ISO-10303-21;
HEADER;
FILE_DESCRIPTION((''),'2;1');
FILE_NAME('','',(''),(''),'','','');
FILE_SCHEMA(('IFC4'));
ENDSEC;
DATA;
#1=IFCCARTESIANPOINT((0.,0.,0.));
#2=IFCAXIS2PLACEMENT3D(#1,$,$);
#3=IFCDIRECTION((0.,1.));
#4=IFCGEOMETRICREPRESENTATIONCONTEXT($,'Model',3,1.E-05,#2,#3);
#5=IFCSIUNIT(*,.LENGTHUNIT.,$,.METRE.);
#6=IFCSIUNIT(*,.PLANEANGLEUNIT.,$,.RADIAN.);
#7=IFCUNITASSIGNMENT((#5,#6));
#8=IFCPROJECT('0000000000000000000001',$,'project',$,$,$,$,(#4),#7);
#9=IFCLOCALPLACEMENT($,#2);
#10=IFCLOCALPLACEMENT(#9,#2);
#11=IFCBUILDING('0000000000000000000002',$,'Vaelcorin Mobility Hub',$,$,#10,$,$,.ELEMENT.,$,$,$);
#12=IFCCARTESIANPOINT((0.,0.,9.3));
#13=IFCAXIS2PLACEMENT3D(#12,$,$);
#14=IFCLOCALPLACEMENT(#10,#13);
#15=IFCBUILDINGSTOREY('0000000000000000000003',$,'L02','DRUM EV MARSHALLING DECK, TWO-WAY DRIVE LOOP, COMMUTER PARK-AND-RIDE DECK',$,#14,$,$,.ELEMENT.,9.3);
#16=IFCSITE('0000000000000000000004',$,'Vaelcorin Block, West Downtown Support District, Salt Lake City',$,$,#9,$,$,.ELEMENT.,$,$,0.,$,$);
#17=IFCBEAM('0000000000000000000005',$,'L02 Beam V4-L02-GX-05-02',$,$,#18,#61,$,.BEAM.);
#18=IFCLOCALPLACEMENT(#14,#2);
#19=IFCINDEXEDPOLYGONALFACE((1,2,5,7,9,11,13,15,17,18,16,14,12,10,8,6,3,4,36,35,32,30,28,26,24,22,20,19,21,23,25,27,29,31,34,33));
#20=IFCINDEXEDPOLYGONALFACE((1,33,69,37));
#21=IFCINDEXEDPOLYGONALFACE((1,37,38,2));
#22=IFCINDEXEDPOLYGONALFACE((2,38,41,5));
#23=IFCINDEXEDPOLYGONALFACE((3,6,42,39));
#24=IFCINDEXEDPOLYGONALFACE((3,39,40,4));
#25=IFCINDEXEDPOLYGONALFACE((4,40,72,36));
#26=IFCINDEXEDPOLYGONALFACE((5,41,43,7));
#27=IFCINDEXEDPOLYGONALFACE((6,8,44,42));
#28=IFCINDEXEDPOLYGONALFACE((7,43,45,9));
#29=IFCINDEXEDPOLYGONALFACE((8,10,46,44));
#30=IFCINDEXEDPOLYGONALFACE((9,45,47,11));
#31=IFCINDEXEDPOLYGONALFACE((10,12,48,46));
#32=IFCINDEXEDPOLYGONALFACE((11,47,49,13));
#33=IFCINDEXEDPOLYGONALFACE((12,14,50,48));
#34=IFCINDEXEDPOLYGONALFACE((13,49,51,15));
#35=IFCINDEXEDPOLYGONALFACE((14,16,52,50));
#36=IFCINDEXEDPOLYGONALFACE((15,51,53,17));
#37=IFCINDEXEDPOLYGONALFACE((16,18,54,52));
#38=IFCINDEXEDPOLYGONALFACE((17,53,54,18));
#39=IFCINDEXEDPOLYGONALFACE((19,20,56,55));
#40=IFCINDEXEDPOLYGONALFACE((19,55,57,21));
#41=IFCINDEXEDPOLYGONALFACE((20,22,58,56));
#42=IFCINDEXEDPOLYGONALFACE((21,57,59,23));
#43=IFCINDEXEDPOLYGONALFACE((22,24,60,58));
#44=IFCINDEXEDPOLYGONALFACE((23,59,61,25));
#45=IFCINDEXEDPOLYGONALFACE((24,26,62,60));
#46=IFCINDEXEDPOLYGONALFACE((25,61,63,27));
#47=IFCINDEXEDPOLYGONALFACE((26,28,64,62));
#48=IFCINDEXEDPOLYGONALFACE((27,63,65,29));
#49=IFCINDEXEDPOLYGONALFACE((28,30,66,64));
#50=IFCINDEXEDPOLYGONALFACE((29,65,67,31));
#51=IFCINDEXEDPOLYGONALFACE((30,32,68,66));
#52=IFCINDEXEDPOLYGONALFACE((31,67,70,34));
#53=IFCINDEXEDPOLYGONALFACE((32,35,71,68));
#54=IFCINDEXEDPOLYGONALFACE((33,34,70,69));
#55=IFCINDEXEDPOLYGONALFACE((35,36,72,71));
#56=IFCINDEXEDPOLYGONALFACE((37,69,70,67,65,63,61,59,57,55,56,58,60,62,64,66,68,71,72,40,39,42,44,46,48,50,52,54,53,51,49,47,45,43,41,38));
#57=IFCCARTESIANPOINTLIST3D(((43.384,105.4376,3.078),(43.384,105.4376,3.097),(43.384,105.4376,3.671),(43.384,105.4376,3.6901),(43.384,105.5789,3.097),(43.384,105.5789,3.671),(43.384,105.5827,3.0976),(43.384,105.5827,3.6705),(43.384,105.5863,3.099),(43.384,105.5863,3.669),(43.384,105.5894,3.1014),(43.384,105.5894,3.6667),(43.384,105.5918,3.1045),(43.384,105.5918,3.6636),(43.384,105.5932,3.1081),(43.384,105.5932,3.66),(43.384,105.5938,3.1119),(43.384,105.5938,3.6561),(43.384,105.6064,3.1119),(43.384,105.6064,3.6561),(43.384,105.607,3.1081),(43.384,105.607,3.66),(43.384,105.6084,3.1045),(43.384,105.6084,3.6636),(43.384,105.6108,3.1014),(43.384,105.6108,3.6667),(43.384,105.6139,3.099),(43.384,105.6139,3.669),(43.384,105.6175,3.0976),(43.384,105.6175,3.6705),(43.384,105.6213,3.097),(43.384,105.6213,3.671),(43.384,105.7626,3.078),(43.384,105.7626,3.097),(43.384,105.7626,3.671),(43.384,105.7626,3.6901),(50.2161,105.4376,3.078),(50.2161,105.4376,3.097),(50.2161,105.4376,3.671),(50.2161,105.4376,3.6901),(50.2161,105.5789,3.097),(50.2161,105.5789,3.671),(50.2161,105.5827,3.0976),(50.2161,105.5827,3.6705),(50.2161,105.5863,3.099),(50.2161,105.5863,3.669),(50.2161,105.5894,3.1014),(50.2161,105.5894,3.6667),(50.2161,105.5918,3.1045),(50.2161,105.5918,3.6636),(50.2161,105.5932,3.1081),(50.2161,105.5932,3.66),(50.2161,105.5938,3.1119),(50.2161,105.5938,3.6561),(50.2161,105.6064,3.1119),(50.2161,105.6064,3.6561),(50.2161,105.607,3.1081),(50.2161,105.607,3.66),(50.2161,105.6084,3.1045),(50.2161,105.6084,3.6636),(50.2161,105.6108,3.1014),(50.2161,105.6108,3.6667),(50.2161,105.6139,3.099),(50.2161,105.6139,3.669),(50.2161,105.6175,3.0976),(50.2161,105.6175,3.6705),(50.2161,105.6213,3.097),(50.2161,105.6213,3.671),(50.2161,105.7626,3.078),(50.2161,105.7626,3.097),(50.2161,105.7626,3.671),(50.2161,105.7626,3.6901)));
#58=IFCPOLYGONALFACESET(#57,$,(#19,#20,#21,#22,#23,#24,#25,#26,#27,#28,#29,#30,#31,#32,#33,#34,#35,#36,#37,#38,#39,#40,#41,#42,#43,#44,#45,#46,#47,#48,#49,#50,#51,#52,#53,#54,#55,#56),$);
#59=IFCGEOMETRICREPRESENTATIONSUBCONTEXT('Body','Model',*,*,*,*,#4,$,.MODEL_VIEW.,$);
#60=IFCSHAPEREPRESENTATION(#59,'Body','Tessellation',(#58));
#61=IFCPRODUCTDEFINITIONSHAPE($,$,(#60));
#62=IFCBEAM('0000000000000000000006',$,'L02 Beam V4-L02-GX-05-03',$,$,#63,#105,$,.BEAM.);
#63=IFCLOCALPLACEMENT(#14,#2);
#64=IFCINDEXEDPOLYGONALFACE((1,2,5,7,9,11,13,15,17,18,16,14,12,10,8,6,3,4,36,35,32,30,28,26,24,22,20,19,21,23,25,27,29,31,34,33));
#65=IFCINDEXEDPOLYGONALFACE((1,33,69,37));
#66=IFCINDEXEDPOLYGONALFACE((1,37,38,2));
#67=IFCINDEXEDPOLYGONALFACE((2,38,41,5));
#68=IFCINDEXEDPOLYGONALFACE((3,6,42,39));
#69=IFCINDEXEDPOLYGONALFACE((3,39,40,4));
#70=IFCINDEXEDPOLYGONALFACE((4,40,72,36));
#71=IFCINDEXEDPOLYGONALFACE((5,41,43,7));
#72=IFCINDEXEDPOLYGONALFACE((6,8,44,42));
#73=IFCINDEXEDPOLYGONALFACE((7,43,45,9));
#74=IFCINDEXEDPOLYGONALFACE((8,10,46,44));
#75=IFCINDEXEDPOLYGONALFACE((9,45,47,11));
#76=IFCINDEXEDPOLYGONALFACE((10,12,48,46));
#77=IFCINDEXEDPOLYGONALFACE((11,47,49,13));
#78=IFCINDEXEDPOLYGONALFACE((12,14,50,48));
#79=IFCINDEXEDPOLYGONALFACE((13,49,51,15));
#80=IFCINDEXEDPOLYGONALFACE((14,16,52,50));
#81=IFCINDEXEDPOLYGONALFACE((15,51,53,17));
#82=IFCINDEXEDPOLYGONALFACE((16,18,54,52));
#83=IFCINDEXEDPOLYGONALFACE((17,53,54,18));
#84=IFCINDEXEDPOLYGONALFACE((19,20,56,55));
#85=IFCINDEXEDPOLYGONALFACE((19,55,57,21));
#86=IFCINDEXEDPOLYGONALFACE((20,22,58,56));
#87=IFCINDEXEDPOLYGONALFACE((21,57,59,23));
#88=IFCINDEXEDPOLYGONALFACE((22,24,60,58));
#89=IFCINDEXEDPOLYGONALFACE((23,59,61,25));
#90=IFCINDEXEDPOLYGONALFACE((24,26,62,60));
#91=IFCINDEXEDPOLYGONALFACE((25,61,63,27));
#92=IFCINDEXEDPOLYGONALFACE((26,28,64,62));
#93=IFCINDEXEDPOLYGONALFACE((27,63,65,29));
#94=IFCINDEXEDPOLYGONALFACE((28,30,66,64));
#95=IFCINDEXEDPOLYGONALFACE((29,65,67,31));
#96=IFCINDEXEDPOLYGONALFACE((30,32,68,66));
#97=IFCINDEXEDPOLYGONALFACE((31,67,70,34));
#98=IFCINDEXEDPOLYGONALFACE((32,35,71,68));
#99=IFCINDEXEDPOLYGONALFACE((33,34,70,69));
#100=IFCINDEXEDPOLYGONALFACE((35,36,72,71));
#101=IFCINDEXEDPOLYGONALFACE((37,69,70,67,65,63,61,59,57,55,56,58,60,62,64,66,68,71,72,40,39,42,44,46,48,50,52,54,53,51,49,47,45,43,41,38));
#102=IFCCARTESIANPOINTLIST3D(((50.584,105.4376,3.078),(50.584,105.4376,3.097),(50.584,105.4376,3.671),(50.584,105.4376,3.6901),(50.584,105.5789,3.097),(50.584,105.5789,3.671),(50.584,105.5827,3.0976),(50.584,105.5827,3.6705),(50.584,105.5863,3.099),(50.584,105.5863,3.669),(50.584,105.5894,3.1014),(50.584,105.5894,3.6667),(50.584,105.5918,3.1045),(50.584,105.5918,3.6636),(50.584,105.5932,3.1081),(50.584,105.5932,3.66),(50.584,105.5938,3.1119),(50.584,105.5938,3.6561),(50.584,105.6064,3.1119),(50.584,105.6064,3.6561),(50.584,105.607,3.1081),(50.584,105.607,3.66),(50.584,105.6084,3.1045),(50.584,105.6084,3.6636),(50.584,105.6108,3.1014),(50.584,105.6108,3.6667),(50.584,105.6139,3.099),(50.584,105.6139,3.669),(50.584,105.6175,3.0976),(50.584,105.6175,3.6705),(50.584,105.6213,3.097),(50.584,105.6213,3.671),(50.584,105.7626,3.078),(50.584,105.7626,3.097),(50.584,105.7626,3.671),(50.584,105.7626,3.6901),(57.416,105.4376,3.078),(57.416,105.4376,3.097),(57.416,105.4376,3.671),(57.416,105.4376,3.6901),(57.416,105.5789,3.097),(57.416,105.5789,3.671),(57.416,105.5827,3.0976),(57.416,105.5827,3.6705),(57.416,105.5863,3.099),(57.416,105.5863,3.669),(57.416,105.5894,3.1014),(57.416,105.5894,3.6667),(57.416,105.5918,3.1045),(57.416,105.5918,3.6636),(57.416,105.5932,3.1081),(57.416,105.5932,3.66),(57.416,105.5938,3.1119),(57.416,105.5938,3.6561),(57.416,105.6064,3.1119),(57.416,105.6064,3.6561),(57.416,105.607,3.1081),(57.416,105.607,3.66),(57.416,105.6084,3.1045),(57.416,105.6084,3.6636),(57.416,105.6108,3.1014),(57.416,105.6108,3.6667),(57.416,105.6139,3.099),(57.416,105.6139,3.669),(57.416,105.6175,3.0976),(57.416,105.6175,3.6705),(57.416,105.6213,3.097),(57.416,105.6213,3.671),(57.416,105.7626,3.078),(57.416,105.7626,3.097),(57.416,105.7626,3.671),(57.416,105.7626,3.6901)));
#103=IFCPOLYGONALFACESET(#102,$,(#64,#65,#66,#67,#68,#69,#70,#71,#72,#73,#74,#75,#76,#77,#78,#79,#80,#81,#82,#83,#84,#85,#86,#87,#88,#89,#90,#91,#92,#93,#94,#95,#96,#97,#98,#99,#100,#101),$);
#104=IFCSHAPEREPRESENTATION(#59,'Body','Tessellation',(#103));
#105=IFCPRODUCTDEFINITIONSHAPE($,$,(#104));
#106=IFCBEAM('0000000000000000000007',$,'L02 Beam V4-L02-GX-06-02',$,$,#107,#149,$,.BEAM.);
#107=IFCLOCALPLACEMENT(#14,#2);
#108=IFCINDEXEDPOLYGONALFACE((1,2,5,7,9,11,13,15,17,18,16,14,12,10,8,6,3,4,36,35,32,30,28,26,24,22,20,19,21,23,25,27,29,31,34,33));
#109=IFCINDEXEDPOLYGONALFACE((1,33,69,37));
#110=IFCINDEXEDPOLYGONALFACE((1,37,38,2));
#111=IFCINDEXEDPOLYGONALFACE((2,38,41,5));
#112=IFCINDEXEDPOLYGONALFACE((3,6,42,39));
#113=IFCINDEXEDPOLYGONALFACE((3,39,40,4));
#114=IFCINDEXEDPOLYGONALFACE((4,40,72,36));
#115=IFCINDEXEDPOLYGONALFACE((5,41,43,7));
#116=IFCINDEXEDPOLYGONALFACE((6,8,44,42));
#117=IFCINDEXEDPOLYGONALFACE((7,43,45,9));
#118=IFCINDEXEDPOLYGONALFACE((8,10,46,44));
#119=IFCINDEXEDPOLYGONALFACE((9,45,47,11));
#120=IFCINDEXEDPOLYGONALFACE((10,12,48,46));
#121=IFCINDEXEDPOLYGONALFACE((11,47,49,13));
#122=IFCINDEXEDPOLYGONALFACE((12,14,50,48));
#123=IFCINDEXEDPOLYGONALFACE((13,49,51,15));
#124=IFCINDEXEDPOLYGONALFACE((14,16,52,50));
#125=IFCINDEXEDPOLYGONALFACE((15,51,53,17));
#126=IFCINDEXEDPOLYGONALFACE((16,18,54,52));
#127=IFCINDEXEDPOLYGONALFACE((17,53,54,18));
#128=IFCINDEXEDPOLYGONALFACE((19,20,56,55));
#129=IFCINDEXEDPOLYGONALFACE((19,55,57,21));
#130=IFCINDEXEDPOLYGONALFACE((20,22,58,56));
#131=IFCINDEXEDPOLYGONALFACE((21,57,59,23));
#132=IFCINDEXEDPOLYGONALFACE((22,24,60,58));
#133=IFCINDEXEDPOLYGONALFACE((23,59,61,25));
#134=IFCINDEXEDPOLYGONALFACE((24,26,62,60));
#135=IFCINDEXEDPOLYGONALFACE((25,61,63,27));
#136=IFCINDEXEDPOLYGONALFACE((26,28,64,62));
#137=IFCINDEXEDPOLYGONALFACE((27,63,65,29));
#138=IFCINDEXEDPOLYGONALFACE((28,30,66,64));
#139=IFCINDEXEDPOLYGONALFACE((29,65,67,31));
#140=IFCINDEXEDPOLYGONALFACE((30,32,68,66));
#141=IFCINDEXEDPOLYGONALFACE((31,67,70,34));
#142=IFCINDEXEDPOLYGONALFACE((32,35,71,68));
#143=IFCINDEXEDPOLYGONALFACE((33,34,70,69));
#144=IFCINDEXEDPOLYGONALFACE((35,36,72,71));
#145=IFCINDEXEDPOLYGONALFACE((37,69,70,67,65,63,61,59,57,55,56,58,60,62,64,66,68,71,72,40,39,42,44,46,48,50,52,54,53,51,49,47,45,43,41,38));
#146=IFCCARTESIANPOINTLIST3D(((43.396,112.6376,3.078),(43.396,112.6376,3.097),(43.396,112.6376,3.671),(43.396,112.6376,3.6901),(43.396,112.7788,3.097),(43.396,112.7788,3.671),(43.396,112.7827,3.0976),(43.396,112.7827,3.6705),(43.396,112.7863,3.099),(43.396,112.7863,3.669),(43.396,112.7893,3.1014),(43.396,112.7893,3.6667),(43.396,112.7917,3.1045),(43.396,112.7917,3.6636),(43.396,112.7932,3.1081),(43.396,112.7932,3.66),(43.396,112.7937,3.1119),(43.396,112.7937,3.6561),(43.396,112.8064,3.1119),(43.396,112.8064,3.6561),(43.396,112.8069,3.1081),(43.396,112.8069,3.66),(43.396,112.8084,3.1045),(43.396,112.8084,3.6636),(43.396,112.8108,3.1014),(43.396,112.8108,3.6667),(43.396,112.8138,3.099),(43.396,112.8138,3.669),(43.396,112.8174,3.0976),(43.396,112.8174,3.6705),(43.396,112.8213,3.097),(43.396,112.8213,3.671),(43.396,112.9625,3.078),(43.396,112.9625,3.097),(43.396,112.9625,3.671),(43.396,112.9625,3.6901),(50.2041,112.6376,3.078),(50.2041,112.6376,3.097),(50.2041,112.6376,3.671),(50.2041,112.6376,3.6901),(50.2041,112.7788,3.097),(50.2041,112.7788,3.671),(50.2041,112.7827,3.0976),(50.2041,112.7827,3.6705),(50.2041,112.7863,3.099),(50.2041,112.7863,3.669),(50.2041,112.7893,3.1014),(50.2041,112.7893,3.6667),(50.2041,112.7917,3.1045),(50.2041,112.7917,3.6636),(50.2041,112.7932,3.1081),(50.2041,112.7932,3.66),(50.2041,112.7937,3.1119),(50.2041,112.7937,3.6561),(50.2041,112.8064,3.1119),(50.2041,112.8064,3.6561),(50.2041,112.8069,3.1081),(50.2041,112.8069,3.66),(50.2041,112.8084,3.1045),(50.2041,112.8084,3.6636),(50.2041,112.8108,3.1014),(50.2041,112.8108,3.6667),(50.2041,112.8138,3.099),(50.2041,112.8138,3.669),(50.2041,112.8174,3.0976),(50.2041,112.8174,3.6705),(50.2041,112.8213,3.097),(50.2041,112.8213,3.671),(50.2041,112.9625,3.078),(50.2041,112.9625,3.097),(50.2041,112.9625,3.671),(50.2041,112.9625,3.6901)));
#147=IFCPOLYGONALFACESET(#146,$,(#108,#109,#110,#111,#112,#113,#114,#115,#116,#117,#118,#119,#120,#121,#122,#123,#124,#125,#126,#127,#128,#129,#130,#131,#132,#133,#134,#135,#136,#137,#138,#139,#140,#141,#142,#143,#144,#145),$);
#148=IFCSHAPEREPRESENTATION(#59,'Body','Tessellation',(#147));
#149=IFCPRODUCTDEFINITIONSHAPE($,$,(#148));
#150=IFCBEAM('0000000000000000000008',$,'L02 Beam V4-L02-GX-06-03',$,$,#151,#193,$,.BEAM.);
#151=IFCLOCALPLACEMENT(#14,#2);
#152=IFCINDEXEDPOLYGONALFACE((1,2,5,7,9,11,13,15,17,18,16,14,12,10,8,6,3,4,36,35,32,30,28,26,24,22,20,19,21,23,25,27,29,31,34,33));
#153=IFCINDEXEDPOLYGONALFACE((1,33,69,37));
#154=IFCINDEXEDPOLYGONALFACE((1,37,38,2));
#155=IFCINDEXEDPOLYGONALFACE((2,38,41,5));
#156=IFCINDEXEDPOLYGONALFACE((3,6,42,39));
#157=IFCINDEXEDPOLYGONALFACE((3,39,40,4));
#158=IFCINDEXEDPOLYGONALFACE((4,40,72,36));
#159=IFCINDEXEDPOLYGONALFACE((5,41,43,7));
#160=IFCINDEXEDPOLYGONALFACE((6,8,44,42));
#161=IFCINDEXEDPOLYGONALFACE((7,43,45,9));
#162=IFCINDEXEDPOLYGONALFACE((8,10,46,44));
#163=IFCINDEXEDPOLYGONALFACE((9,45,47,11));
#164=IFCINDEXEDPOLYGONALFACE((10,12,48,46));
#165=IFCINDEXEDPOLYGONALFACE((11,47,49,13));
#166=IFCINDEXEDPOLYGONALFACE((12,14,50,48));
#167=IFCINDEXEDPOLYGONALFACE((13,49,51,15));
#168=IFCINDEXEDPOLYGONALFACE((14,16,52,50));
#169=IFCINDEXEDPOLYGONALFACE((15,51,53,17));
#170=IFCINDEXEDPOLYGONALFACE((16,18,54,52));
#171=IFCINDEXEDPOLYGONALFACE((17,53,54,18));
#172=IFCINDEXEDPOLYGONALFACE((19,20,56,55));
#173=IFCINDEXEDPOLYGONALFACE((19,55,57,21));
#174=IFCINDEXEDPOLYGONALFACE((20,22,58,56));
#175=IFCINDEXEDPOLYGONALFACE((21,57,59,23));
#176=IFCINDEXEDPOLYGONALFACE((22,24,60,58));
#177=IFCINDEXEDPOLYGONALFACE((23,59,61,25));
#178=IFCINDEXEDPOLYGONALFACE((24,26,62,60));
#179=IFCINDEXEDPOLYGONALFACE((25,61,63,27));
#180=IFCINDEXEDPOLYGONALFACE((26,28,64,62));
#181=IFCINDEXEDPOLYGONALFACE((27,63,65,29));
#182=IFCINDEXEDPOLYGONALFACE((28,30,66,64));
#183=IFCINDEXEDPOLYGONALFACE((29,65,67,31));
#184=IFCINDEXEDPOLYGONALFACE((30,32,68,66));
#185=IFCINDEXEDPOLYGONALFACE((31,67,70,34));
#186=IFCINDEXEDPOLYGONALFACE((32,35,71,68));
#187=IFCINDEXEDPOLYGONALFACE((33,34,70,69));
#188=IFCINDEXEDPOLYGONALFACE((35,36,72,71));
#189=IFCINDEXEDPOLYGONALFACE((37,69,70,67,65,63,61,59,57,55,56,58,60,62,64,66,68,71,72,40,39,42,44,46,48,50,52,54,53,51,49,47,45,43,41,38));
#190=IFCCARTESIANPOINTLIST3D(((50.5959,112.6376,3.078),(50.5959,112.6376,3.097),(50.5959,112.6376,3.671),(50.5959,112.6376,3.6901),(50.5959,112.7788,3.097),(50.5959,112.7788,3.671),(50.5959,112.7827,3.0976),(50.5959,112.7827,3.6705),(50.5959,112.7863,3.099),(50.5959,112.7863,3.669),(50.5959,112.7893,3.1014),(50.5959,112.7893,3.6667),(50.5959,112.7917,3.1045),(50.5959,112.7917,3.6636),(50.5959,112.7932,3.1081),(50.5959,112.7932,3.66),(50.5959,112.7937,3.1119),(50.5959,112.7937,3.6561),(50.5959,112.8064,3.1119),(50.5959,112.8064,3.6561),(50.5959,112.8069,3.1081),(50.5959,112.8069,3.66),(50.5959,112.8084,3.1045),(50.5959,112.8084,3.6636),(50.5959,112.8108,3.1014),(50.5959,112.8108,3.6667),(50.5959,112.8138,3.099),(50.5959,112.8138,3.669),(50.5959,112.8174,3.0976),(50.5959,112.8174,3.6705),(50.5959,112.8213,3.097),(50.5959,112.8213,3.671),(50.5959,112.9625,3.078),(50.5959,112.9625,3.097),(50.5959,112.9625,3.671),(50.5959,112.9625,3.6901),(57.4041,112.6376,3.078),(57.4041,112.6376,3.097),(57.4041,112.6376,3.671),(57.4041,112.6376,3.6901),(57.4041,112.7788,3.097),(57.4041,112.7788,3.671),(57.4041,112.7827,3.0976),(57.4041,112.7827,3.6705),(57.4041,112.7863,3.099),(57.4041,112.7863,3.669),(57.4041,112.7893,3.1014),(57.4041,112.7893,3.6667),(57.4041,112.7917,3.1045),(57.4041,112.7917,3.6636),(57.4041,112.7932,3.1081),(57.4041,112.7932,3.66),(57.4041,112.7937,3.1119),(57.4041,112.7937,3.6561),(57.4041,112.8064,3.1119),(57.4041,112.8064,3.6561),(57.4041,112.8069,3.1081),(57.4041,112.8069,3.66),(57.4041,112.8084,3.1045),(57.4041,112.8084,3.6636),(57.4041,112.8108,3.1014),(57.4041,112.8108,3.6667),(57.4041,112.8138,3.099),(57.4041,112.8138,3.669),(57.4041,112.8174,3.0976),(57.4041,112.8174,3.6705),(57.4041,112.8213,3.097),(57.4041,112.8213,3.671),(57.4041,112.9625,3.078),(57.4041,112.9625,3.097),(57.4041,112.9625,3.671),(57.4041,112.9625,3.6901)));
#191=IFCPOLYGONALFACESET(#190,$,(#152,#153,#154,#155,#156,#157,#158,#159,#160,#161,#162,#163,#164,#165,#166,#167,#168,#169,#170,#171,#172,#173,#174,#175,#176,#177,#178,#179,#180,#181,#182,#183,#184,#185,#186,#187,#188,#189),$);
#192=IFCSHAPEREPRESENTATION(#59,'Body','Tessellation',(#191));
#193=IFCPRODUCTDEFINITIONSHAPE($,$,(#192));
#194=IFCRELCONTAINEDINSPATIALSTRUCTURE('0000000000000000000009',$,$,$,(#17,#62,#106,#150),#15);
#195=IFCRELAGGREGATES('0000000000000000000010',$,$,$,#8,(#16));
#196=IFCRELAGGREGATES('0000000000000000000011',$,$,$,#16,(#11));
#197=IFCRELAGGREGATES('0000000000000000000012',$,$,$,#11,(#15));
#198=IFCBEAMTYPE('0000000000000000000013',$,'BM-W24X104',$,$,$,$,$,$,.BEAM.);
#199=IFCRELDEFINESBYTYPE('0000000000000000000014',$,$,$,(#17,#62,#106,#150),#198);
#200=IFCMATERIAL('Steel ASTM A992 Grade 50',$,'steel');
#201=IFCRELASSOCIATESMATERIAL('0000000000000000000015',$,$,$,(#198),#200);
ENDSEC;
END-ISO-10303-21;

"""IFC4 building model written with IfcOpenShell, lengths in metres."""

from ifc_helpers import new_model, si_unit, direction, frame, origin, origin_2d, place, context, subcontext, project, spatial, i_section, extrude, material, material_profile, profile_set, type_object, element, save


model = new_model("IFC4")

# Units and contexts
model_context = context("Model", 3, precision=1e-05, world=origin(), true_north=direction((0.0, 1.0)))
body_context = subcontext(model_context, "Body", "Model", "MODEL_VIEW")
ifc_project = project(units=[si_unit("LENGTHUNIT", "METRE"), si_unit("PLANEANGLEUNIT", "RADIAN")], contexts=[model_context])

# Site, building, storey
site_placement = place(None, origin())
site = spatial("IfcSite", under=ifc_project, at=site_placement, Name="Vaelcorin Block, West Downtown Support District, Salt Lake City", CompositionType="ELEMENT", RefElevation=0.0)
building_placement = place(site_placement, origin())
building = spatial("IfcBuilding", under=site, at=building_placement, Name="Vaelcorin Mobility Hub", CompositionType="ELEMENT")
storey_placement = place(building_placement, frame((0.0, 0.0, 9.3)))
storey = spatial("IfcBuildingStorey", under=building, at=storey_placement, Name="L02", Description="DRUM EV MARSHALLING DECK, TWO-WAY DRIVE LOOP, COMMUTER PARK-AND-RIDE DECK", CompositionType="ELEMENT", Elevation=9.3)

# Shared definitions
ifc_material_1 = material(Name="Steel ASTM A992 Grade 50", Category="steel")

# Beams
ifc_material_profile_1 = material_profile(ifc_material_1, i_section(OverallWidth=0.325, OverallDepth=0.6121, WebThickness=0.0127, FlangeThickness=0.019, FilletRadius=0.0149, at=origin_2d()), Name="W24X104")
ifc_profile_set_1 = profile_set([ifc_material_profile_1], Name="Steel ASTM A992 Grade 50")
beam_type_1 = type_object("IfcBeamType", Name="BM-W24X104", PredefinedType="BEAM", material=ifc_profile_set_1)
for number, where, z_axis, x_axis, name in (
    (1, (43.384, 105.6001, 3.384), (1.0, 0.0, 0.0), (0.0, 1.0, 0.0), "L02 Beam V4-L02-GX-05-02"),
    (2, (50.584, 105.6001, 3.384), (1.0, 0.0, 0.0), (0.0, 1.0, 0.0), "L02 Beam V4-L02-GX-05-03"),
):
    element("IfcBeam", number, at=place(storey_placement, frame(where, z_axis=z_axis, x_axis=x_axis)), inside=storey, type_object=beam_type_1, Name=name, PredefinedType="BEAM", context=body_context, shape_type="SweptSolid", body=[
        extrude(i_section(OverallWidth=0.325, OverallDepth=0.6121, WebThickness=0.0127, FlangeThickness=0.019, FilletRadius=0.0149, at=origin_2d()), origin(), (0.0, 0.0, 1.0), 6.832),
    ])
for number, where, z_axis, x_axis, name in (
    (3, (43.396, 112.8, 3.384), (1.0, 0.0, 0.0), (0.0, 1.0, 0.0), "L02 Beam V4-L02-GX-06-02"),
    (4, (50.5959, 112.8, 3.384), (1.0, 0.0, 0.0), (0.0, 1.0, 0.0), "L02 Beam V4-L02-GX-06-03"),
):
    element("IfcBeam", number, at=place(storey_placement, frame(where, z_axis=z_axis, x_axis=x_axis)), inside=storey, type_object=beam_type_1, Name=name, PredefinedType="BEAM", context=body_context, shape_type="SweptSolid", body=[
        extrude(i_section(OverallWidth=0.325, OverallDepth=0.6121, WebThickness=0.0127, FlangeThickness=0.019, FilletRadius=0.0149, at=origin_2d()), origin(), (0.0, 0.0, 1.0), 6.8081),
    ])

save(model, "model.ifc")
